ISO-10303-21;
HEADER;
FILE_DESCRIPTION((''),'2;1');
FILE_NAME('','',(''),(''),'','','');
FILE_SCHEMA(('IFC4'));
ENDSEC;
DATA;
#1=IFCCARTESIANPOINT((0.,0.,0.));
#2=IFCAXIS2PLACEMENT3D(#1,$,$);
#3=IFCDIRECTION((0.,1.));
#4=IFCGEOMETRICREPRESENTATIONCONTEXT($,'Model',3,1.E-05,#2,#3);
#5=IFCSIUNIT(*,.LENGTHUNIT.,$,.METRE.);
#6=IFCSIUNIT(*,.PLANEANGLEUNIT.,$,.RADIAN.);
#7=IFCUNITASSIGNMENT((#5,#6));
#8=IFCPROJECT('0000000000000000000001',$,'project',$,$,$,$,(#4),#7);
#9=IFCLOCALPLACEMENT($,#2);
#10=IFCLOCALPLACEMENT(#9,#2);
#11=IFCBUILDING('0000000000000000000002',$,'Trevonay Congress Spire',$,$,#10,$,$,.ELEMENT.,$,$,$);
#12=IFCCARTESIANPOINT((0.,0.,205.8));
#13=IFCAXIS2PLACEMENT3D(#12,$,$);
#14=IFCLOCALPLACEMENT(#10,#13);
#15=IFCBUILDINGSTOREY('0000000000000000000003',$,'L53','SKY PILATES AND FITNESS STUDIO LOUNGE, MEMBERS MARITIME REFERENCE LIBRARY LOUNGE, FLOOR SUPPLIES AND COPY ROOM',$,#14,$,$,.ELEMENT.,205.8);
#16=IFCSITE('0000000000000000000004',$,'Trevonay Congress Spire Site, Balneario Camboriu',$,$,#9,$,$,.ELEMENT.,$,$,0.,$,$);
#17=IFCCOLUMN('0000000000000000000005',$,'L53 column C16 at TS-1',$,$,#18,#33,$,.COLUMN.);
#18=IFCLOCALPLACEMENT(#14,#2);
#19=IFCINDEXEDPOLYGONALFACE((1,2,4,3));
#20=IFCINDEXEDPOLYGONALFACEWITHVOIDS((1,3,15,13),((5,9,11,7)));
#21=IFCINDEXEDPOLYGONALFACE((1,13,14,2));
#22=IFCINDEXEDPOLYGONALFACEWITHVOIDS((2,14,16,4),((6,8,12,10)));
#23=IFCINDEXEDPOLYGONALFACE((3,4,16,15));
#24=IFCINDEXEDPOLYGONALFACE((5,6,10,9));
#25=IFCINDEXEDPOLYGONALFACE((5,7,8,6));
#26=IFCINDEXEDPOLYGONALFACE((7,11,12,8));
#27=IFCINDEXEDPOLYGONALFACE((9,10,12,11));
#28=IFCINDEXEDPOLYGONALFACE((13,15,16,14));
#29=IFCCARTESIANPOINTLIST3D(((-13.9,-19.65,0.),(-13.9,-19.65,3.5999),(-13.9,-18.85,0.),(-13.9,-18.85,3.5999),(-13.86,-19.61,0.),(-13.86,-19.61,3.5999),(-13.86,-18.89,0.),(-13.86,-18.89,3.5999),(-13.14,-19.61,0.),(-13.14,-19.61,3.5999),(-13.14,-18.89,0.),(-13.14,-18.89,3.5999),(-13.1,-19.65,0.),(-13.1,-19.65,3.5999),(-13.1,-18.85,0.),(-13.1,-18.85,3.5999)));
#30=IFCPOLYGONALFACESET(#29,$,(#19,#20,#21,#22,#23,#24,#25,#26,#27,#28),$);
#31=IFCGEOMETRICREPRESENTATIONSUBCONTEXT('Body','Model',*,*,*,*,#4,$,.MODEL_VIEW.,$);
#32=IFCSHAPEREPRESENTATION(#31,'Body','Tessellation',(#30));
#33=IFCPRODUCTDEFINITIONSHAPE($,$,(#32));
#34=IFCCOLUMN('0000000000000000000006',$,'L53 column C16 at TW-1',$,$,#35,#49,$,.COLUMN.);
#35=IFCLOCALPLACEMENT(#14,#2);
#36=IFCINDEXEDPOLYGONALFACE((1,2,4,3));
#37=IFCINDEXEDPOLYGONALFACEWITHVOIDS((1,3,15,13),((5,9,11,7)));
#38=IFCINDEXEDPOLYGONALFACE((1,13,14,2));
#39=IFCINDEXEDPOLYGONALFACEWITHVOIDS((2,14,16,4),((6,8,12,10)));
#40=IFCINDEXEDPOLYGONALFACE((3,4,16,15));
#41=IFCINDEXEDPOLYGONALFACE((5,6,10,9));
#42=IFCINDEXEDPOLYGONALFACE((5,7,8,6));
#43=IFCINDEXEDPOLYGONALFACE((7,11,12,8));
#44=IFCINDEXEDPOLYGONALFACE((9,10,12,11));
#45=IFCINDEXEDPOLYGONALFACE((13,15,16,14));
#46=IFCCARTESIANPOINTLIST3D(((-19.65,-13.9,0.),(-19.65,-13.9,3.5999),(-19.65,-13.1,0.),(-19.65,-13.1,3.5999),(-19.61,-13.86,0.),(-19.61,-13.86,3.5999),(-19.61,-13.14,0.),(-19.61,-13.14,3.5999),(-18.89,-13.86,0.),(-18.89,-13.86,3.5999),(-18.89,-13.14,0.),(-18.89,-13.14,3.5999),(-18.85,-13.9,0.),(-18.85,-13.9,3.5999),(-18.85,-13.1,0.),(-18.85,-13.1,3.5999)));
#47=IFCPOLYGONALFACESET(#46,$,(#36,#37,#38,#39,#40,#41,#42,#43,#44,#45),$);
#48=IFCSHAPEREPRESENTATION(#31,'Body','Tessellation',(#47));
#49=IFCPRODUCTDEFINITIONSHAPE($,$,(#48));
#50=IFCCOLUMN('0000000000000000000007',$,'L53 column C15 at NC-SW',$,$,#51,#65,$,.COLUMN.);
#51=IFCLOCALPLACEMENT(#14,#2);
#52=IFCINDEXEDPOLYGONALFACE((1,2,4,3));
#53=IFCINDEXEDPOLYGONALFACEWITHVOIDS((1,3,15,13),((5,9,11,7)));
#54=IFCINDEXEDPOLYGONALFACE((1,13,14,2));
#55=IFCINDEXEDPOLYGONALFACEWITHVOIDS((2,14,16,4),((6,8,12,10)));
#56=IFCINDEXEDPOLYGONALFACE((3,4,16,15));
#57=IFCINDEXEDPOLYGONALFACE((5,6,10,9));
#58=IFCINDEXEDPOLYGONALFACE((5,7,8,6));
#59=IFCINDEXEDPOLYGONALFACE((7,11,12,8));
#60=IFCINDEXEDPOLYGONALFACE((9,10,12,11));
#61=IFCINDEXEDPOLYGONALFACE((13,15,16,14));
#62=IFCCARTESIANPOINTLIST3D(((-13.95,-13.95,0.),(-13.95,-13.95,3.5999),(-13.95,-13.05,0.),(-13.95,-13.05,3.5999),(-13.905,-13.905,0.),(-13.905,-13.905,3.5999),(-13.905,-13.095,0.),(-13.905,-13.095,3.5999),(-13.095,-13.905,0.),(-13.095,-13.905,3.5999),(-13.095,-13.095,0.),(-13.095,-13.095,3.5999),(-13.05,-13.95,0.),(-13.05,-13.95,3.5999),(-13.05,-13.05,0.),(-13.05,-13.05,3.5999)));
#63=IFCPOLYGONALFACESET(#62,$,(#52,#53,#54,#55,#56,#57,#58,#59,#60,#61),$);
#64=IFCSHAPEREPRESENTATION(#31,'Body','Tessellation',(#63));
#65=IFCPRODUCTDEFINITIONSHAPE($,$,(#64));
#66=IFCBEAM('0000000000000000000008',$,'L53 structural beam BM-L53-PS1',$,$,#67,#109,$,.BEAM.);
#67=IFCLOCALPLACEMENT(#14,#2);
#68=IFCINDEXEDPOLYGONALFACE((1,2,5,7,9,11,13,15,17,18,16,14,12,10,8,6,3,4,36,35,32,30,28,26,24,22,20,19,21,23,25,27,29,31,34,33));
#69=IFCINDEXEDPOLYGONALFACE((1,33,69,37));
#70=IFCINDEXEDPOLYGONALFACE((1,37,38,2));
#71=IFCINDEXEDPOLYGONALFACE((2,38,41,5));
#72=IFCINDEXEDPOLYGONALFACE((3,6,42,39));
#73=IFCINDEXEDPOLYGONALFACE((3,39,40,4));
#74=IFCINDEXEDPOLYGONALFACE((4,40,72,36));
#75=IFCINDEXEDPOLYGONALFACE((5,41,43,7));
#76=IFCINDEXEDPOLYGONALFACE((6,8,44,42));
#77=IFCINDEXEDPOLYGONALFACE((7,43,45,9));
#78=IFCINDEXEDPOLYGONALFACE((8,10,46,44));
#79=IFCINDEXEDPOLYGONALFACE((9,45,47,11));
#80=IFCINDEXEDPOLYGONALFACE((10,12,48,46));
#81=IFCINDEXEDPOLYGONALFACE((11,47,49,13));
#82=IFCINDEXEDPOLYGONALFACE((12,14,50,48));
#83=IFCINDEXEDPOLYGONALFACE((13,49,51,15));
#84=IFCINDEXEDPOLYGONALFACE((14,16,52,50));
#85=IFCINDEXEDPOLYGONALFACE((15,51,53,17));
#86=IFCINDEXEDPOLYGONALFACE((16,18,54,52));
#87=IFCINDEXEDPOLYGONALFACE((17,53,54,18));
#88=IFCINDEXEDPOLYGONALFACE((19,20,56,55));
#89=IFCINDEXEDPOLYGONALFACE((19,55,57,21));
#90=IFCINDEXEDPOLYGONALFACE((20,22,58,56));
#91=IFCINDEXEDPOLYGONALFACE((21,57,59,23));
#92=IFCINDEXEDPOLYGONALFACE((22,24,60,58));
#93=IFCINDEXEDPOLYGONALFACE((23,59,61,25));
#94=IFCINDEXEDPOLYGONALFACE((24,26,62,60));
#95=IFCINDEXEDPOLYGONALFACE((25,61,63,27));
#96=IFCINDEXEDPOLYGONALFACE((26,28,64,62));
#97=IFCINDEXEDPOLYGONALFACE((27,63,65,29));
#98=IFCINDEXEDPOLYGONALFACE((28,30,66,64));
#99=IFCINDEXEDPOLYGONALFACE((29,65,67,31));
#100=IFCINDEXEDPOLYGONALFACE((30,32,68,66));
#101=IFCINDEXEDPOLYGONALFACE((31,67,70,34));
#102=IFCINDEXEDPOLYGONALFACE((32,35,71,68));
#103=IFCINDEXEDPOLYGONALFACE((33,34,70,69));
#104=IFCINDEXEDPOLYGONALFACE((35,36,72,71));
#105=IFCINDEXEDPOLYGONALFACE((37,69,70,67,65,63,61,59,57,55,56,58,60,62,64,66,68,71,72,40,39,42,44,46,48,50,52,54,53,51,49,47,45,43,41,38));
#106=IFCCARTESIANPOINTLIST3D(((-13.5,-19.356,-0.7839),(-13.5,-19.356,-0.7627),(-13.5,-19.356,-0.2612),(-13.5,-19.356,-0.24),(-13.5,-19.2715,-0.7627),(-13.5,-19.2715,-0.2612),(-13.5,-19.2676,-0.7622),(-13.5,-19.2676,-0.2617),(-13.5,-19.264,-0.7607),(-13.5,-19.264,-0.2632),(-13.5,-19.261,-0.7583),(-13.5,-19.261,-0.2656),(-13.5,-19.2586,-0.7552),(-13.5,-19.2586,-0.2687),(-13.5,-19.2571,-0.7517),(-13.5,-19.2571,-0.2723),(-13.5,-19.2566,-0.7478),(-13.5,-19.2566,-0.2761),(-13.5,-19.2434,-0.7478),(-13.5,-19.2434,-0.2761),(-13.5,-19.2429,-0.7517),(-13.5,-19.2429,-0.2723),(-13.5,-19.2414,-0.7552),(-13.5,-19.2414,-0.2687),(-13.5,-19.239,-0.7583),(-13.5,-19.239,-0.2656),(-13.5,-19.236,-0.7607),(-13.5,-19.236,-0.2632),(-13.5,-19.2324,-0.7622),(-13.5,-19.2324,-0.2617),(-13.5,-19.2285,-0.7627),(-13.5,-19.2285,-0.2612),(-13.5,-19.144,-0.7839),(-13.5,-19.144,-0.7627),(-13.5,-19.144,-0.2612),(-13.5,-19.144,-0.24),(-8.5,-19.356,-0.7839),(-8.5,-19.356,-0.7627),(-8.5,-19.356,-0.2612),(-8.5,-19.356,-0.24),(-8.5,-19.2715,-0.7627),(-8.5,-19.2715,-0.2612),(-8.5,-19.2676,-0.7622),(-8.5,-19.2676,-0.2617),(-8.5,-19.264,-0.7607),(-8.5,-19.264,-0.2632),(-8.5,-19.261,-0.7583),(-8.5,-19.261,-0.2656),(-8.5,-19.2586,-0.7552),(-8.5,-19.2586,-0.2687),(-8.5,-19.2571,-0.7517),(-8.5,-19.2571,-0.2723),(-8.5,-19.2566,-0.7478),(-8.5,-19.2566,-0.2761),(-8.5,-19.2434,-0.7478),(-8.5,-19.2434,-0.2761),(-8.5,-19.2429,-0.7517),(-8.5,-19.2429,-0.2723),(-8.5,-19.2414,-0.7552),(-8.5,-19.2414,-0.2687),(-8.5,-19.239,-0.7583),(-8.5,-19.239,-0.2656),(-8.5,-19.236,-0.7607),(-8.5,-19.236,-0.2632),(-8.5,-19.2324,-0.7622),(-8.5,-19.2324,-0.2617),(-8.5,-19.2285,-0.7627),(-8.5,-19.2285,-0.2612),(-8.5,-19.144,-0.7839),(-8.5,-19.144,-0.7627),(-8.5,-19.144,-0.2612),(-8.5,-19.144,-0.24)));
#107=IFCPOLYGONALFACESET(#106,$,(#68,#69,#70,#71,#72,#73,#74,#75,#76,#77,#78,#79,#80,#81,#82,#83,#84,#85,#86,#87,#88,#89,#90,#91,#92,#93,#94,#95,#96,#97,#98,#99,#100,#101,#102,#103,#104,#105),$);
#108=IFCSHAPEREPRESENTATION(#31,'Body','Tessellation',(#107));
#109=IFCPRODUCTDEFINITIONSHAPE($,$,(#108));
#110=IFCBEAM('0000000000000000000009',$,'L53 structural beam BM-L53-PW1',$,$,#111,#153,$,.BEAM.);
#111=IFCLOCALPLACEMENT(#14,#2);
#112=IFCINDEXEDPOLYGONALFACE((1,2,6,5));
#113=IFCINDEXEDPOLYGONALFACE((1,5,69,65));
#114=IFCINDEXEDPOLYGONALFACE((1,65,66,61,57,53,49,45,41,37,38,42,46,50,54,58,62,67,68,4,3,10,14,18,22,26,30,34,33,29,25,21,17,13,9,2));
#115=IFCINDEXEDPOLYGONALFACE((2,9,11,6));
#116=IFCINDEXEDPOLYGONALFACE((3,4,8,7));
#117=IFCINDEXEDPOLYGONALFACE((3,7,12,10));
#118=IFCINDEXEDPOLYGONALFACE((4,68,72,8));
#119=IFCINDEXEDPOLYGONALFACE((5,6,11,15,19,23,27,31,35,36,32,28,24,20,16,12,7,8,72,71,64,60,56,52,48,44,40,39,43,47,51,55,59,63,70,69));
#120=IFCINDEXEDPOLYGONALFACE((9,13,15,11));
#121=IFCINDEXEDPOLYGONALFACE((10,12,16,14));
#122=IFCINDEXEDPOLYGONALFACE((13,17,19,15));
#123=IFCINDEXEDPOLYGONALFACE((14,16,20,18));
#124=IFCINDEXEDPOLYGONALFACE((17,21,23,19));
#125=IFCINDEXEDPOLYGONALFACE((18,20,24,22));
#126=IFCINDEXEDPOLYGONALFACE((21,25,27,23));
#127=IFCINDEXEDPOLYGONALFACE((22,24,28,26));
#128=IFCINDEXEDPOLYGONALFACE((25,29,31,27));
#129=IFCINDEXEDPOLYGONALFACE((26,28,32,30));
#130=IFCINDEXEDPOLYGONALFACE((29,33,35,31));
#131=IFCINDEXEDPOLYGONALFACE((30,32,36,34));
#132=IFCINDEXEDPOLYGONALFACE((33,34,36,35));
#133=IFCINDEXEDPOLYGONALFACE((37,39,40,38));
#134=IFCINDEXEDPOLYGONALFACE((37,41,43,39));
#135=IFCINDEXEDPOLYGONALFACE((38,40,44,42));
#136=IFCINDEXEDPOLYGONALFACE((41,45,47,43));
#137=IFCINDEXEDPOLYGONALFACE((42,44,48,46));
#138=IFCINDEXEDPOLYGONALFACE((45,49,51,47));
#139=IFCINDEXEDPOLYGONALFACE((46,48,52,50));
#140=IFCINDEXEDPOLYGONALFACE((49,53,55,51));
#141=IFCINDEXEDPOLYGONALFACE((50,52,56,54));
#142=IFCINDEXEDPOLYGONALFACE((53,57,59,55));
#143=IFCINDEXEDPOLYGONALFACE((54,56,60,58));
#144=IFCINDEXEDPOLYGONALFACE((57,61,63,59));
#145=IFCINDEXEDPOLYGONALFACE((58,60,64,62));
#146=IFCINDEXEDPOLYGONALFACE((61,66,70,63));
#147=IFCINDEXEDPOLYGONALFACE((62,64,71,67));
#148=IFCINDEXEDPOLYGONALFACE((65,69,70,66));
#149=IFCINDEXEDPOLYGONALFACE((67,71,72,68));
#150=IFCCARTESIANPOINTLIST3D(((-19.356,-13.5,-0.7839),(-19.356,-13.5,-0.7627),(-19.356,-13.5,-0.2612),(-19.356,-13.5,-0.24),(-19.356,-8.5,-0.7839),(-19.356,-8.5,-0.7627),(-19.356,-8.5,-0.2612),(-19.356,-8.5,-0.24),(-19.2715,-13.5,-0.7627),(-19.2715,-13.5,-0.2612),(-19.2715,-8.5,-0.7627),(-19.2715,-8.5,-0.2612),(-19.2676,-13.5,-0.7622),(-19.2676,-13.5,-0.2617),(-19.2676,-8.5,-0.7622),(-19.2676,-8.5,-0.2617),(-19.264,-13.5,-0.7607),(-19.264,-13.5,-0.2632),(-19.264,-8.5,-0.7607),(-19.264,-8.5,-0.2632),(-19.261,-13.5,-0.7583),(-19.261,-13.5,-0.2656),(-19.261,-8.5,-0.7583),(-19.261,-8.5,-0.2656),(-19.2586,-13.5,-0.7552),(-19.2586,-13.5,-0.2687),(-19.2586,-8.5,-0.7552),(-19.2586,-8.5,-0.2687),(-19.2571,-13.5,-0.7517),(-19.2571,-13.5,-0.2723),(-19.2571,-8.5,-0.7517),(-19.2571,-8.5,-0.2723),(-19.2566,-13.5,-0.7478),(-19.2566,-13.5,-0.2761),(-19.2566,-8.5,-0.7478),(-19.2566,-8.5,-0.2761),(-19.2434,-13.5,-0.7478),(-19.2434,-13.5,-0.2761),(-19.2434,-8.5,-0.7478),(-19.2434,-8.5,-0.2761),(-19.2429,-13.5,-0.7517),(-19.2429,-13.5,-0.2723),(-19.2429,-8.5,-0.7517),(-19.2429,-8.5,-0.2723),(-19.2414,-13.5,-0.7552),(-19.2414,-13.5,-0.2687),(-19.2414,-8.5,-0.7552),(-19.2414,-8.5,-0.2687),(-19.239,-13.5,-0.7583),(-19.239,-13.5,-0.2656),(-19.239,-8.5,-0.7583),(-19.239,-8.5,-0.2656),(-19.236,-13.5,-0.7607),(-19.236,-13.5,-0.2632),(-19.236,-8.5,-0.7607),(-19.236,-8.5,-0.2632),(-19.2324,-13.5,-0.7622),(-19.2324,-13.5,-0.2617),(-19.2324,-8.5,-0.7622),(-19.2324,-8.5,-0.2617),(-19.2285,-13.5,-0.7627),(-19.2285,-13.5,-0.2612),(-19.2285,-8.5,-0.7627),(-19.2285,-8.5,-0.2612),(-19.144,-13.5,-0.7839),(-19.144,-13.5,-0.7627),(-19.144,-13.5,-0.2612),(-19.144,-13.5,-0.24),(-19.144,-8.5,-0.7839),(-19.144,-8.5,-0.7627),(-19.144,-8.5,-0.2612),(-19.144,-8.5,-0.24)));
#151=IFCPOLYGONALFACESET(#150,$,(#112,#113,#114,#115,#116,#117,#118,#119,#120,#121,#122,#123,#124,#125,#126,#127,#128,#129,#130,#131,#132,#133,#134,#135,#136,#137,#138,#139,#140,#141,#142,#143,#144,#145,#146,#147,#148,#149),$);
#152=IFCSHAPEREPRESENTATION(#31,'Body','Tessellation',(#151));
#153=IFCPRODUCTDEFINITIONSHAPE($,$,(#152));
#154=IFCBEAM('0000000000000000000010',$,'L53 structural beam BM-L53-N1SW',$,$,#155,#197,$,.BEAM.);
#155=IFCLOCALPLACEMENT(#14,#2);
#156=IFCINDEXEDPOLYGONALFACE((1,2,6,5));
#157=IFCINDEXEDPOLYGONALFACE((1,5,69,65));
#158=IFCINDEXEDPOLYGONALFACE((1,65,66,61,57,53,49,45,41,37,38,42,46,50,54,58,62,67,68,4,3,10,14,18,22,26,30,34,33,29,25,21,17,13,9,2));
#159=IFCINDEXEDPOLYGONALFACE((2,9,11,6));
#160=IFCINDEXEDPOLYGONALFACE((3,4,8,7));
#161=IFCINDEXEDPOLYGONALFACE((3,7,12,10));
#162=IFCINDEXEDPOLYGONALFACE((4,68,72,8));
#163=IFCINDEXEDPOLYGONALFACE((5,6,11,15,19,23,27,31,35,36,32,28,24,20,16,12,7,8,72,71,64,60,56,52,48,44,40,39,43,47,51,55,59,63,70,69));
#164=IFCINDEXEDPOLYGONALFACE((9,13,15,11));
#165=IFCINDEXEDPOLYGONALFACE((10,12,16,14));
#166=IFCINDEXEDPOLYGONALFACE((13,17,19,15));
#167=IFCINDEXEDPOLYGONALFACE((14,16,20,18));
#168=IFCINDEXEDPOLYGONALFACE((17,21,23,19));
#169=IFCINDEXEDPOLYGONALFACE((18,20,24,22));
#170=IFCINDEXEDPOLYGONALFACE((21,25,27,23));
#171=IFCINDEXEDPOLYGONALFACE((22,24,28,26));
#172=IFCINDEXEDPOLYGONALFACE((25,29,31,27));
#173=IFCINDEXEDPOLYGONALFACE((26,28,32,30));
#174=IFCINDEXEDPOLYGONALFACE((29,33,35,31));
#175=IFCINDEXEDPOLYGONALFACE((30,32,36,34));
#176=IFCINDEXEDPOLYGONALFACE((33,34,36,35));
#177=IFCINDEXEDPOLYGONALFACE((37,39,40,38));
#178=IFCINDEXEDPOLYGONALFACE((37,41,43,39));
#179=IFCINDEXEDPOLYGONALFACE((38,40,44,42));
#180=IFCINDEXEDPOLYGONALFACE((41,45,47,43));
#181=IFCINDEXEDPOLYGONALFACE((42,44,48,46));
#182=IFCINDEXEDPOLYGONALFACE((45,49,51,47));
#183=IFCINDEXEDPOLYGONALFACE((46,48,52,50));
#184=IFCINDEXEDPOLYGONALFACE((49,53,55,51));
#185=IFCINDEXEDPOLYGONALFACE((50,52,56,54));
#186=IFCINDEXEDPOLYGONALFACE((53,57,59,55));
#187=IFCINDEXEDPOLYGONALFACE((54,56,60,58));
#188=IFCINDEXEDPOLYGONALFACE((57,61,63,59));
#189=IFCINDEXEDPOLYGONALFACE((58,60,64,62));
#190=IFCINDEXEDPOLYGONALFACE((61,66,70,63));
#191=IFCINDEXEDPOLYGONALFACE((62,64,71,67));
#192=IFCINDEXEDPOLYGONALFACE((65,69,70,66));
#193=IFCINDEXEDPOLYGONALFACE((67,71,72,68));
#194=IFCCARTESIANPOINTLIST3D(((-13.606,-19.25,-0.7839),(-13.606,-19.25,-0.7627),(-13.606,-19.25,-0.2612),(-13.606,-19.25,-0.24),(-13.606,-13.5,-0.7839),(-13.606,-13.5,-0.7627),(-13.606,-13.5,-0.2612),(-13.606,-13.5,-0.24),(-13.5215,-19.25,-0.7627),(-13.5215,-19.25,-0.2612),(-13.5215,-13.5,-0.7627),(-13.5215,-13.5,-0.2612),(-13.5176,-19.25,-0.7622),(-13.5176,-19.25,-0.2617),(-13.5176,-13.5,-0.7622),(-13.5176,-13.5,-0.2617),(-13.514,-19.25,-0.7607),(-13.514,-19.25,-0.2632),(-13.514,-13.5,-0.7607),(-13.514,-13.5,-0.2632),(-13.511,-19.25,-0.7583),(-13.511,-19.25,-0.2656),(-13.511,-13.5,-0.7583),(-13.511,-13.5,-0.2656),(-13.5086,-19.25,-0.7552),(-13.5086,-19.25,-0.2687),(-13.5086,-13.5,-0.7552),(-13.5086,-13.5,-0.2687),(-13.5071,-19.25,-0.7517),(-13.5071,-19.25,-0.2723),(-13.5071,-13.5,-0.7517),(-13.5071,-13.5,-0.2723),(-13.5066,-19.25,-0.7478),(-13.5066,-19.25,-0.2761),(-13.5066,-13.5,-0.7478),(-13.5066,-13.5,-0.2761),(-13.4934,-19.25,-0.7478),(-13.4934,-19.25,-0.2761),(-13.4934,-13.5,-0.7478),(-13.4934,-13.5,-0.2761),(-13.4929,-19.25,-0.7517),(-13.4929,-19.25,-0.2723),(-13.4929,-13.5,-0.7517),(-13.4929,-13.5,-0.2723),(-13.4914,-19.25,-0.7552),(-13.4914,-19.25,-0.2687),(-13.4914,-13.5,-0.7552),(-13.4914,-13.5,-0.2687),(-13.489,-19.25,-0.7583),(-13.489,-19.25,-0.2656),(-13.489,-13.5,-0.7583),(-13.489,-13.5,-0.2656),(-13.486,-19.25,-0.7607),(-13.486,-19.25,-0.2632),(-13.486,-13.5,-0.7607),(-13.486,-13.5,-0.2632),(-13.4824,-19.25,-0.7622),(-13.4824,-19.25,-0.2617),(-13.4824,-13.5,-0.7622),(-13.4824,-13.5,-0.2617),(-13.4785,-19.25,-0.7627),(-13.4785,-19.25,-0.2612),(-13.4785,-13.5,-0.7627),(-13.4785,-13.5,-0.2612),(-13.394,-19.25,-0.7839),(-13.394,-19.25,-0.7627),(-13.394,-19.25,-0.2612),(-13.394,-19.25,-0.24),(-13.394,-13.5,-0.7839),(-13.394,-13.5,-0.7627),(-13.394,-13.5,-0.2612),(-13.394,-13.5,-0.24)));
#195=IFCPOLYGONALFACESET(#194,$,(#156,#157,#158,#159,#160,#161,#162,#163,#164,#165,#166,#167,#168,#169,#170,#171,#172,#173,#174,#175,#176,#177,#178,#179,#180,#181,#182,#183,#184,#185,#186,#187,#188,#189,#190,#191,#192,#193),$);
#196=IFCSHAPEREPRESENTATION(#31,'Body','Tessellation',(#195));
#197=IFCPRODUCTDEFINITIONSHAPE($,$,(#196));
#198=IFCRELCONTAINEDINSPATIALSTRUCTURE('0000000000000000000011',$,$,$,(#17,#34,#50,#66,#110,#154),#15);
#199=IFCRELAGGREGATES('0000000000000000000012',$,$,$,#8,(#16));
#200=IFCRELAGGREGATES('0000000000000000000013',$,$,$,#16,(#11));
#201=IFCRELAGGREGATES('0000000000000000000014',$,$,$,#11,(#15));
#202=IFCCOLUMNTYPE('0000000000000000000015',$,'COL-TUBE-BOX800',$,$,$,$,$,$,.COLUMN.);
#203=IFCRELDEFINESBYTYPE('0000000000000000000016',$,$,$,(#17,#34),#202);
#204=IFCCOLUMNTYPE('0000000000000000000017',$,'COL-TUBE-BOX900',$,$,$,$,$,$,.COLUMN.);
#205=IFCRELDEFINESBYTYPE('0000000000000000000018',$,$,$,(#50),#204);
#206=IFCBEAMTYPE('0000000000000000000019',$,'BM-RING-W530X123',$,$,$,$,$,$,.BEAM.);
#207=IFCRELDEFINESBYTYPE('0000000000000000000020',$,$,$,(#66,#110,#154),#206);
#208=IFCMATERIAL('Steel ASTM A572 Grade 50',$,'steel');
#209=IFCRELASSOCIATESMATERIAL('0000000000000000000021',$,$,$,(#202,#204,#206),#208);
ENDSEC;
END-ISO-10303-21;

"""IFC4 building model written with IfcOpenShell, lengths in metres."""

from ifc_helpers import new_model, si_unit, direction, frame, origin, origin_2d, place, context, subcontext, project, spatial, hollow_rectangle, i_section, extrude, material, material_profile, profile_set, type_object, element, save


model = new_model("IFC4")

# Units and contexts
model_context = context("Model", 3, precision=1e-05, world=origin(), true_north=direction((0.0, 1.0)))
body_context = subcontext(model_context, "Body", "Model", "MODEL_VIEW")
ifc_project = project(units=[si_unit("LENGTHUNIT", "METRE"), si_unit("PLANEANGLEUNIT", "RADIAN")], contexts=[model_context])

# Site, building, storey
site_placement = place(None, origin())
site = spatial("IfcSite", under=ifc_project, at=site_placement, Name="Trevonay Congress Spire Site, Balneario Camboriu", CompositionType="ELEMENT", RefElevation=0.0)
building_placement = place(site_placement, origin())
building = spatial("IfcBuilding", under=site, at=building_placement, Name="Trevonay Congress Spire", CompositionType="ELEMENT")
storey_placement = place(building_placement, frame((0.0, 0.0, 205.8)))
storey = spatial("IfcBuildingStorey", under=building, at=storey_placement, Name="L53", Description="SKY PILATES AND FITNESS STUDIO LOUNGE, MEMBERS MARITIME REFERENCE LIBRARY LOUNGE, FLOOR SUPPLIES AND COPY ROOM", CompositionType="ELEMENT", Elevation=205.8)

# Columns
ifc_material_1 = material(Name="Steel ASTM A572 Grade 50", Category="steel")
ifc_material_profile_1 = material_profile(ifc_material_1, hollow_rectangle(XDim=0.8, YDim=0.8, WallThickness=0.04, at=origin_2d()), Name="BOX 800x800x40")
ifc_profile_set_1 = profile_set([ifc_material_profile_1], Name="Steel ASTM A572 Grade 50")
column_type_1 = type_object("IfcColumnType", Name="COL-TUBE-BOX800", PredefinedType="COLUMN", material=ifc_profile_set_1)
for number, where, z_axis, x_axis, name in (
    (1, (-13.5, -19.25, 0.0), (0.0, 0.0, 1.0), (1.0, 0.0, 0.0), "L53 column C16 at TS-1"),
    (2, (-19.25, -13.5, 0.0), (0.0, 0.0, 1.0), (1.0, 0.0, 0.0), "L53 column C16 at TW-1"),
):
    element("IfcColumn", number, at=place(storey_placement, frame(where, z_axis=z_axis, x_axis=x_axis)), inside=storey, type_object=column_type_1, Name=name, PredefinedType="COLUMN", context=body_context, shape_type="SweptSolid", body=[
        extrude(hollow_rectangle(XDim=0.8, YDim=0.8, WallThickness=0.04, at=origin_2d()), origin(), (0.0, 0.0, 1.0), 3.5999),
    ])
ifc_material_profile_2 = material_profile(ifc_material_1, hollow_rectangle(XDim=0.8999, YDim=0.8999, WallThickness=0.0449, at=origin_2d()), Name="BOX 900x900x45")
ifc_profile_set_2 = profile_set([ifc_material_profile_2], Name="Steel ASTM A572 Grade 50")
column_type_2 = type_object("IfcColumnType", Name="COL-TUBE-BOX900", PredefinedType="COLUMN", material=ifc_profile_set_2)
column_placement = place(storey_placement, frame((-13.5, -13.5, 0.0), z_axis=(0.0, 0.0, 1.0), x_axis=(1.0, 0.0, 0.0)))
element("IfcColumn", 3, at=column_placement, inside=storey, type_object=column_type_2, Name="L53 column C15 at NC-SW", PredefinedType="COLUMN", context=body_context, shape_type="SweptSolid", body=[
    extrude(hollow_rectangle(XDim=0.8999, YDim=0.8999, WallThickness=0.0449, at=origin_2d()), origin(), (0.0, 0.0, 1.0), 3.5999),
])

# Beams
ifc_material_profile_3 = material_profile(ifc_material_1, i_section(OverallWidth=0.2119, OverallDepth=0.5439, WebThickness=0.0132, FlangeThickness=0.0212, FilletRadius=0.0149, at=origin_2d()), Name="W530x123")
ifc_profile_set_3 = profile_set([ifc_material_profile_3], Name="Steel ASTM A572 Grade 50")
beam_type = type_object("IfcBeamType", Name="BM-RING-W530X123", PredefinedType="BEAM", material=ifc_profile_set_3)
for number, where, z_axis, x_axis, name in (
    (4, (-13.5, -19.25, -0.512), (1.0, 0.0, 0.0), (0.0, 1.0, 0.0), "L53 structural beam BM-L53-PS1"),
    (5, (-19.25, -13.5, -0.512), (0.0, 1.0, 0.0), (-1.0, 0.0, 0.0), "L53 structural beam BM-L53-PW1"),
):
    element("IfcBeam", number, at=place(storey_placement, frame(where, z_axis=z_axis, x_axis=x_axis)), inside=storey, type_object=beam_type, Name=name, PredefinedType="BEAM", context=body_context, shape_type="SweptSolid", body=[
        extrude(i_section(OverallWidth=0.2119, OverallDepth=0.5439, WebThickness=0.0132, FlangeThickness=0.0212, FilletRadius=0.0149, at=origin_2d()), origin(), (0.0, 0.0, 1.0), 5.0),
    ])
for number, where, z_axis, x_axis, name in (
    (6, (-13.5, -19.25, -0.512), (0.0, 1.0, 0.0), (-1.0, 0.0, 0.0), "L53 structural beam BM-L53-N1SW"),
):
    element("IfcBeam", number, at=place(storey_placement, frame(where, z_axis=z_axis, x_axis=x_axis)), inside=storey, type_object=beam_type, Name=name, PredefinedType="BEAM", context=body_context, shape_type="SweptSolid", body=[
        extrude(i_section(OverallWidth=0.2119, OverallDepth=0.5439, WebThickness=0.0132, FlangeThickness=0.0212, FilletRadius=0.0149, at=origin_2d()), origin(), (0.0, 0.0, 1.0), 5.75),
    ])

save(model, "model.ifc")
